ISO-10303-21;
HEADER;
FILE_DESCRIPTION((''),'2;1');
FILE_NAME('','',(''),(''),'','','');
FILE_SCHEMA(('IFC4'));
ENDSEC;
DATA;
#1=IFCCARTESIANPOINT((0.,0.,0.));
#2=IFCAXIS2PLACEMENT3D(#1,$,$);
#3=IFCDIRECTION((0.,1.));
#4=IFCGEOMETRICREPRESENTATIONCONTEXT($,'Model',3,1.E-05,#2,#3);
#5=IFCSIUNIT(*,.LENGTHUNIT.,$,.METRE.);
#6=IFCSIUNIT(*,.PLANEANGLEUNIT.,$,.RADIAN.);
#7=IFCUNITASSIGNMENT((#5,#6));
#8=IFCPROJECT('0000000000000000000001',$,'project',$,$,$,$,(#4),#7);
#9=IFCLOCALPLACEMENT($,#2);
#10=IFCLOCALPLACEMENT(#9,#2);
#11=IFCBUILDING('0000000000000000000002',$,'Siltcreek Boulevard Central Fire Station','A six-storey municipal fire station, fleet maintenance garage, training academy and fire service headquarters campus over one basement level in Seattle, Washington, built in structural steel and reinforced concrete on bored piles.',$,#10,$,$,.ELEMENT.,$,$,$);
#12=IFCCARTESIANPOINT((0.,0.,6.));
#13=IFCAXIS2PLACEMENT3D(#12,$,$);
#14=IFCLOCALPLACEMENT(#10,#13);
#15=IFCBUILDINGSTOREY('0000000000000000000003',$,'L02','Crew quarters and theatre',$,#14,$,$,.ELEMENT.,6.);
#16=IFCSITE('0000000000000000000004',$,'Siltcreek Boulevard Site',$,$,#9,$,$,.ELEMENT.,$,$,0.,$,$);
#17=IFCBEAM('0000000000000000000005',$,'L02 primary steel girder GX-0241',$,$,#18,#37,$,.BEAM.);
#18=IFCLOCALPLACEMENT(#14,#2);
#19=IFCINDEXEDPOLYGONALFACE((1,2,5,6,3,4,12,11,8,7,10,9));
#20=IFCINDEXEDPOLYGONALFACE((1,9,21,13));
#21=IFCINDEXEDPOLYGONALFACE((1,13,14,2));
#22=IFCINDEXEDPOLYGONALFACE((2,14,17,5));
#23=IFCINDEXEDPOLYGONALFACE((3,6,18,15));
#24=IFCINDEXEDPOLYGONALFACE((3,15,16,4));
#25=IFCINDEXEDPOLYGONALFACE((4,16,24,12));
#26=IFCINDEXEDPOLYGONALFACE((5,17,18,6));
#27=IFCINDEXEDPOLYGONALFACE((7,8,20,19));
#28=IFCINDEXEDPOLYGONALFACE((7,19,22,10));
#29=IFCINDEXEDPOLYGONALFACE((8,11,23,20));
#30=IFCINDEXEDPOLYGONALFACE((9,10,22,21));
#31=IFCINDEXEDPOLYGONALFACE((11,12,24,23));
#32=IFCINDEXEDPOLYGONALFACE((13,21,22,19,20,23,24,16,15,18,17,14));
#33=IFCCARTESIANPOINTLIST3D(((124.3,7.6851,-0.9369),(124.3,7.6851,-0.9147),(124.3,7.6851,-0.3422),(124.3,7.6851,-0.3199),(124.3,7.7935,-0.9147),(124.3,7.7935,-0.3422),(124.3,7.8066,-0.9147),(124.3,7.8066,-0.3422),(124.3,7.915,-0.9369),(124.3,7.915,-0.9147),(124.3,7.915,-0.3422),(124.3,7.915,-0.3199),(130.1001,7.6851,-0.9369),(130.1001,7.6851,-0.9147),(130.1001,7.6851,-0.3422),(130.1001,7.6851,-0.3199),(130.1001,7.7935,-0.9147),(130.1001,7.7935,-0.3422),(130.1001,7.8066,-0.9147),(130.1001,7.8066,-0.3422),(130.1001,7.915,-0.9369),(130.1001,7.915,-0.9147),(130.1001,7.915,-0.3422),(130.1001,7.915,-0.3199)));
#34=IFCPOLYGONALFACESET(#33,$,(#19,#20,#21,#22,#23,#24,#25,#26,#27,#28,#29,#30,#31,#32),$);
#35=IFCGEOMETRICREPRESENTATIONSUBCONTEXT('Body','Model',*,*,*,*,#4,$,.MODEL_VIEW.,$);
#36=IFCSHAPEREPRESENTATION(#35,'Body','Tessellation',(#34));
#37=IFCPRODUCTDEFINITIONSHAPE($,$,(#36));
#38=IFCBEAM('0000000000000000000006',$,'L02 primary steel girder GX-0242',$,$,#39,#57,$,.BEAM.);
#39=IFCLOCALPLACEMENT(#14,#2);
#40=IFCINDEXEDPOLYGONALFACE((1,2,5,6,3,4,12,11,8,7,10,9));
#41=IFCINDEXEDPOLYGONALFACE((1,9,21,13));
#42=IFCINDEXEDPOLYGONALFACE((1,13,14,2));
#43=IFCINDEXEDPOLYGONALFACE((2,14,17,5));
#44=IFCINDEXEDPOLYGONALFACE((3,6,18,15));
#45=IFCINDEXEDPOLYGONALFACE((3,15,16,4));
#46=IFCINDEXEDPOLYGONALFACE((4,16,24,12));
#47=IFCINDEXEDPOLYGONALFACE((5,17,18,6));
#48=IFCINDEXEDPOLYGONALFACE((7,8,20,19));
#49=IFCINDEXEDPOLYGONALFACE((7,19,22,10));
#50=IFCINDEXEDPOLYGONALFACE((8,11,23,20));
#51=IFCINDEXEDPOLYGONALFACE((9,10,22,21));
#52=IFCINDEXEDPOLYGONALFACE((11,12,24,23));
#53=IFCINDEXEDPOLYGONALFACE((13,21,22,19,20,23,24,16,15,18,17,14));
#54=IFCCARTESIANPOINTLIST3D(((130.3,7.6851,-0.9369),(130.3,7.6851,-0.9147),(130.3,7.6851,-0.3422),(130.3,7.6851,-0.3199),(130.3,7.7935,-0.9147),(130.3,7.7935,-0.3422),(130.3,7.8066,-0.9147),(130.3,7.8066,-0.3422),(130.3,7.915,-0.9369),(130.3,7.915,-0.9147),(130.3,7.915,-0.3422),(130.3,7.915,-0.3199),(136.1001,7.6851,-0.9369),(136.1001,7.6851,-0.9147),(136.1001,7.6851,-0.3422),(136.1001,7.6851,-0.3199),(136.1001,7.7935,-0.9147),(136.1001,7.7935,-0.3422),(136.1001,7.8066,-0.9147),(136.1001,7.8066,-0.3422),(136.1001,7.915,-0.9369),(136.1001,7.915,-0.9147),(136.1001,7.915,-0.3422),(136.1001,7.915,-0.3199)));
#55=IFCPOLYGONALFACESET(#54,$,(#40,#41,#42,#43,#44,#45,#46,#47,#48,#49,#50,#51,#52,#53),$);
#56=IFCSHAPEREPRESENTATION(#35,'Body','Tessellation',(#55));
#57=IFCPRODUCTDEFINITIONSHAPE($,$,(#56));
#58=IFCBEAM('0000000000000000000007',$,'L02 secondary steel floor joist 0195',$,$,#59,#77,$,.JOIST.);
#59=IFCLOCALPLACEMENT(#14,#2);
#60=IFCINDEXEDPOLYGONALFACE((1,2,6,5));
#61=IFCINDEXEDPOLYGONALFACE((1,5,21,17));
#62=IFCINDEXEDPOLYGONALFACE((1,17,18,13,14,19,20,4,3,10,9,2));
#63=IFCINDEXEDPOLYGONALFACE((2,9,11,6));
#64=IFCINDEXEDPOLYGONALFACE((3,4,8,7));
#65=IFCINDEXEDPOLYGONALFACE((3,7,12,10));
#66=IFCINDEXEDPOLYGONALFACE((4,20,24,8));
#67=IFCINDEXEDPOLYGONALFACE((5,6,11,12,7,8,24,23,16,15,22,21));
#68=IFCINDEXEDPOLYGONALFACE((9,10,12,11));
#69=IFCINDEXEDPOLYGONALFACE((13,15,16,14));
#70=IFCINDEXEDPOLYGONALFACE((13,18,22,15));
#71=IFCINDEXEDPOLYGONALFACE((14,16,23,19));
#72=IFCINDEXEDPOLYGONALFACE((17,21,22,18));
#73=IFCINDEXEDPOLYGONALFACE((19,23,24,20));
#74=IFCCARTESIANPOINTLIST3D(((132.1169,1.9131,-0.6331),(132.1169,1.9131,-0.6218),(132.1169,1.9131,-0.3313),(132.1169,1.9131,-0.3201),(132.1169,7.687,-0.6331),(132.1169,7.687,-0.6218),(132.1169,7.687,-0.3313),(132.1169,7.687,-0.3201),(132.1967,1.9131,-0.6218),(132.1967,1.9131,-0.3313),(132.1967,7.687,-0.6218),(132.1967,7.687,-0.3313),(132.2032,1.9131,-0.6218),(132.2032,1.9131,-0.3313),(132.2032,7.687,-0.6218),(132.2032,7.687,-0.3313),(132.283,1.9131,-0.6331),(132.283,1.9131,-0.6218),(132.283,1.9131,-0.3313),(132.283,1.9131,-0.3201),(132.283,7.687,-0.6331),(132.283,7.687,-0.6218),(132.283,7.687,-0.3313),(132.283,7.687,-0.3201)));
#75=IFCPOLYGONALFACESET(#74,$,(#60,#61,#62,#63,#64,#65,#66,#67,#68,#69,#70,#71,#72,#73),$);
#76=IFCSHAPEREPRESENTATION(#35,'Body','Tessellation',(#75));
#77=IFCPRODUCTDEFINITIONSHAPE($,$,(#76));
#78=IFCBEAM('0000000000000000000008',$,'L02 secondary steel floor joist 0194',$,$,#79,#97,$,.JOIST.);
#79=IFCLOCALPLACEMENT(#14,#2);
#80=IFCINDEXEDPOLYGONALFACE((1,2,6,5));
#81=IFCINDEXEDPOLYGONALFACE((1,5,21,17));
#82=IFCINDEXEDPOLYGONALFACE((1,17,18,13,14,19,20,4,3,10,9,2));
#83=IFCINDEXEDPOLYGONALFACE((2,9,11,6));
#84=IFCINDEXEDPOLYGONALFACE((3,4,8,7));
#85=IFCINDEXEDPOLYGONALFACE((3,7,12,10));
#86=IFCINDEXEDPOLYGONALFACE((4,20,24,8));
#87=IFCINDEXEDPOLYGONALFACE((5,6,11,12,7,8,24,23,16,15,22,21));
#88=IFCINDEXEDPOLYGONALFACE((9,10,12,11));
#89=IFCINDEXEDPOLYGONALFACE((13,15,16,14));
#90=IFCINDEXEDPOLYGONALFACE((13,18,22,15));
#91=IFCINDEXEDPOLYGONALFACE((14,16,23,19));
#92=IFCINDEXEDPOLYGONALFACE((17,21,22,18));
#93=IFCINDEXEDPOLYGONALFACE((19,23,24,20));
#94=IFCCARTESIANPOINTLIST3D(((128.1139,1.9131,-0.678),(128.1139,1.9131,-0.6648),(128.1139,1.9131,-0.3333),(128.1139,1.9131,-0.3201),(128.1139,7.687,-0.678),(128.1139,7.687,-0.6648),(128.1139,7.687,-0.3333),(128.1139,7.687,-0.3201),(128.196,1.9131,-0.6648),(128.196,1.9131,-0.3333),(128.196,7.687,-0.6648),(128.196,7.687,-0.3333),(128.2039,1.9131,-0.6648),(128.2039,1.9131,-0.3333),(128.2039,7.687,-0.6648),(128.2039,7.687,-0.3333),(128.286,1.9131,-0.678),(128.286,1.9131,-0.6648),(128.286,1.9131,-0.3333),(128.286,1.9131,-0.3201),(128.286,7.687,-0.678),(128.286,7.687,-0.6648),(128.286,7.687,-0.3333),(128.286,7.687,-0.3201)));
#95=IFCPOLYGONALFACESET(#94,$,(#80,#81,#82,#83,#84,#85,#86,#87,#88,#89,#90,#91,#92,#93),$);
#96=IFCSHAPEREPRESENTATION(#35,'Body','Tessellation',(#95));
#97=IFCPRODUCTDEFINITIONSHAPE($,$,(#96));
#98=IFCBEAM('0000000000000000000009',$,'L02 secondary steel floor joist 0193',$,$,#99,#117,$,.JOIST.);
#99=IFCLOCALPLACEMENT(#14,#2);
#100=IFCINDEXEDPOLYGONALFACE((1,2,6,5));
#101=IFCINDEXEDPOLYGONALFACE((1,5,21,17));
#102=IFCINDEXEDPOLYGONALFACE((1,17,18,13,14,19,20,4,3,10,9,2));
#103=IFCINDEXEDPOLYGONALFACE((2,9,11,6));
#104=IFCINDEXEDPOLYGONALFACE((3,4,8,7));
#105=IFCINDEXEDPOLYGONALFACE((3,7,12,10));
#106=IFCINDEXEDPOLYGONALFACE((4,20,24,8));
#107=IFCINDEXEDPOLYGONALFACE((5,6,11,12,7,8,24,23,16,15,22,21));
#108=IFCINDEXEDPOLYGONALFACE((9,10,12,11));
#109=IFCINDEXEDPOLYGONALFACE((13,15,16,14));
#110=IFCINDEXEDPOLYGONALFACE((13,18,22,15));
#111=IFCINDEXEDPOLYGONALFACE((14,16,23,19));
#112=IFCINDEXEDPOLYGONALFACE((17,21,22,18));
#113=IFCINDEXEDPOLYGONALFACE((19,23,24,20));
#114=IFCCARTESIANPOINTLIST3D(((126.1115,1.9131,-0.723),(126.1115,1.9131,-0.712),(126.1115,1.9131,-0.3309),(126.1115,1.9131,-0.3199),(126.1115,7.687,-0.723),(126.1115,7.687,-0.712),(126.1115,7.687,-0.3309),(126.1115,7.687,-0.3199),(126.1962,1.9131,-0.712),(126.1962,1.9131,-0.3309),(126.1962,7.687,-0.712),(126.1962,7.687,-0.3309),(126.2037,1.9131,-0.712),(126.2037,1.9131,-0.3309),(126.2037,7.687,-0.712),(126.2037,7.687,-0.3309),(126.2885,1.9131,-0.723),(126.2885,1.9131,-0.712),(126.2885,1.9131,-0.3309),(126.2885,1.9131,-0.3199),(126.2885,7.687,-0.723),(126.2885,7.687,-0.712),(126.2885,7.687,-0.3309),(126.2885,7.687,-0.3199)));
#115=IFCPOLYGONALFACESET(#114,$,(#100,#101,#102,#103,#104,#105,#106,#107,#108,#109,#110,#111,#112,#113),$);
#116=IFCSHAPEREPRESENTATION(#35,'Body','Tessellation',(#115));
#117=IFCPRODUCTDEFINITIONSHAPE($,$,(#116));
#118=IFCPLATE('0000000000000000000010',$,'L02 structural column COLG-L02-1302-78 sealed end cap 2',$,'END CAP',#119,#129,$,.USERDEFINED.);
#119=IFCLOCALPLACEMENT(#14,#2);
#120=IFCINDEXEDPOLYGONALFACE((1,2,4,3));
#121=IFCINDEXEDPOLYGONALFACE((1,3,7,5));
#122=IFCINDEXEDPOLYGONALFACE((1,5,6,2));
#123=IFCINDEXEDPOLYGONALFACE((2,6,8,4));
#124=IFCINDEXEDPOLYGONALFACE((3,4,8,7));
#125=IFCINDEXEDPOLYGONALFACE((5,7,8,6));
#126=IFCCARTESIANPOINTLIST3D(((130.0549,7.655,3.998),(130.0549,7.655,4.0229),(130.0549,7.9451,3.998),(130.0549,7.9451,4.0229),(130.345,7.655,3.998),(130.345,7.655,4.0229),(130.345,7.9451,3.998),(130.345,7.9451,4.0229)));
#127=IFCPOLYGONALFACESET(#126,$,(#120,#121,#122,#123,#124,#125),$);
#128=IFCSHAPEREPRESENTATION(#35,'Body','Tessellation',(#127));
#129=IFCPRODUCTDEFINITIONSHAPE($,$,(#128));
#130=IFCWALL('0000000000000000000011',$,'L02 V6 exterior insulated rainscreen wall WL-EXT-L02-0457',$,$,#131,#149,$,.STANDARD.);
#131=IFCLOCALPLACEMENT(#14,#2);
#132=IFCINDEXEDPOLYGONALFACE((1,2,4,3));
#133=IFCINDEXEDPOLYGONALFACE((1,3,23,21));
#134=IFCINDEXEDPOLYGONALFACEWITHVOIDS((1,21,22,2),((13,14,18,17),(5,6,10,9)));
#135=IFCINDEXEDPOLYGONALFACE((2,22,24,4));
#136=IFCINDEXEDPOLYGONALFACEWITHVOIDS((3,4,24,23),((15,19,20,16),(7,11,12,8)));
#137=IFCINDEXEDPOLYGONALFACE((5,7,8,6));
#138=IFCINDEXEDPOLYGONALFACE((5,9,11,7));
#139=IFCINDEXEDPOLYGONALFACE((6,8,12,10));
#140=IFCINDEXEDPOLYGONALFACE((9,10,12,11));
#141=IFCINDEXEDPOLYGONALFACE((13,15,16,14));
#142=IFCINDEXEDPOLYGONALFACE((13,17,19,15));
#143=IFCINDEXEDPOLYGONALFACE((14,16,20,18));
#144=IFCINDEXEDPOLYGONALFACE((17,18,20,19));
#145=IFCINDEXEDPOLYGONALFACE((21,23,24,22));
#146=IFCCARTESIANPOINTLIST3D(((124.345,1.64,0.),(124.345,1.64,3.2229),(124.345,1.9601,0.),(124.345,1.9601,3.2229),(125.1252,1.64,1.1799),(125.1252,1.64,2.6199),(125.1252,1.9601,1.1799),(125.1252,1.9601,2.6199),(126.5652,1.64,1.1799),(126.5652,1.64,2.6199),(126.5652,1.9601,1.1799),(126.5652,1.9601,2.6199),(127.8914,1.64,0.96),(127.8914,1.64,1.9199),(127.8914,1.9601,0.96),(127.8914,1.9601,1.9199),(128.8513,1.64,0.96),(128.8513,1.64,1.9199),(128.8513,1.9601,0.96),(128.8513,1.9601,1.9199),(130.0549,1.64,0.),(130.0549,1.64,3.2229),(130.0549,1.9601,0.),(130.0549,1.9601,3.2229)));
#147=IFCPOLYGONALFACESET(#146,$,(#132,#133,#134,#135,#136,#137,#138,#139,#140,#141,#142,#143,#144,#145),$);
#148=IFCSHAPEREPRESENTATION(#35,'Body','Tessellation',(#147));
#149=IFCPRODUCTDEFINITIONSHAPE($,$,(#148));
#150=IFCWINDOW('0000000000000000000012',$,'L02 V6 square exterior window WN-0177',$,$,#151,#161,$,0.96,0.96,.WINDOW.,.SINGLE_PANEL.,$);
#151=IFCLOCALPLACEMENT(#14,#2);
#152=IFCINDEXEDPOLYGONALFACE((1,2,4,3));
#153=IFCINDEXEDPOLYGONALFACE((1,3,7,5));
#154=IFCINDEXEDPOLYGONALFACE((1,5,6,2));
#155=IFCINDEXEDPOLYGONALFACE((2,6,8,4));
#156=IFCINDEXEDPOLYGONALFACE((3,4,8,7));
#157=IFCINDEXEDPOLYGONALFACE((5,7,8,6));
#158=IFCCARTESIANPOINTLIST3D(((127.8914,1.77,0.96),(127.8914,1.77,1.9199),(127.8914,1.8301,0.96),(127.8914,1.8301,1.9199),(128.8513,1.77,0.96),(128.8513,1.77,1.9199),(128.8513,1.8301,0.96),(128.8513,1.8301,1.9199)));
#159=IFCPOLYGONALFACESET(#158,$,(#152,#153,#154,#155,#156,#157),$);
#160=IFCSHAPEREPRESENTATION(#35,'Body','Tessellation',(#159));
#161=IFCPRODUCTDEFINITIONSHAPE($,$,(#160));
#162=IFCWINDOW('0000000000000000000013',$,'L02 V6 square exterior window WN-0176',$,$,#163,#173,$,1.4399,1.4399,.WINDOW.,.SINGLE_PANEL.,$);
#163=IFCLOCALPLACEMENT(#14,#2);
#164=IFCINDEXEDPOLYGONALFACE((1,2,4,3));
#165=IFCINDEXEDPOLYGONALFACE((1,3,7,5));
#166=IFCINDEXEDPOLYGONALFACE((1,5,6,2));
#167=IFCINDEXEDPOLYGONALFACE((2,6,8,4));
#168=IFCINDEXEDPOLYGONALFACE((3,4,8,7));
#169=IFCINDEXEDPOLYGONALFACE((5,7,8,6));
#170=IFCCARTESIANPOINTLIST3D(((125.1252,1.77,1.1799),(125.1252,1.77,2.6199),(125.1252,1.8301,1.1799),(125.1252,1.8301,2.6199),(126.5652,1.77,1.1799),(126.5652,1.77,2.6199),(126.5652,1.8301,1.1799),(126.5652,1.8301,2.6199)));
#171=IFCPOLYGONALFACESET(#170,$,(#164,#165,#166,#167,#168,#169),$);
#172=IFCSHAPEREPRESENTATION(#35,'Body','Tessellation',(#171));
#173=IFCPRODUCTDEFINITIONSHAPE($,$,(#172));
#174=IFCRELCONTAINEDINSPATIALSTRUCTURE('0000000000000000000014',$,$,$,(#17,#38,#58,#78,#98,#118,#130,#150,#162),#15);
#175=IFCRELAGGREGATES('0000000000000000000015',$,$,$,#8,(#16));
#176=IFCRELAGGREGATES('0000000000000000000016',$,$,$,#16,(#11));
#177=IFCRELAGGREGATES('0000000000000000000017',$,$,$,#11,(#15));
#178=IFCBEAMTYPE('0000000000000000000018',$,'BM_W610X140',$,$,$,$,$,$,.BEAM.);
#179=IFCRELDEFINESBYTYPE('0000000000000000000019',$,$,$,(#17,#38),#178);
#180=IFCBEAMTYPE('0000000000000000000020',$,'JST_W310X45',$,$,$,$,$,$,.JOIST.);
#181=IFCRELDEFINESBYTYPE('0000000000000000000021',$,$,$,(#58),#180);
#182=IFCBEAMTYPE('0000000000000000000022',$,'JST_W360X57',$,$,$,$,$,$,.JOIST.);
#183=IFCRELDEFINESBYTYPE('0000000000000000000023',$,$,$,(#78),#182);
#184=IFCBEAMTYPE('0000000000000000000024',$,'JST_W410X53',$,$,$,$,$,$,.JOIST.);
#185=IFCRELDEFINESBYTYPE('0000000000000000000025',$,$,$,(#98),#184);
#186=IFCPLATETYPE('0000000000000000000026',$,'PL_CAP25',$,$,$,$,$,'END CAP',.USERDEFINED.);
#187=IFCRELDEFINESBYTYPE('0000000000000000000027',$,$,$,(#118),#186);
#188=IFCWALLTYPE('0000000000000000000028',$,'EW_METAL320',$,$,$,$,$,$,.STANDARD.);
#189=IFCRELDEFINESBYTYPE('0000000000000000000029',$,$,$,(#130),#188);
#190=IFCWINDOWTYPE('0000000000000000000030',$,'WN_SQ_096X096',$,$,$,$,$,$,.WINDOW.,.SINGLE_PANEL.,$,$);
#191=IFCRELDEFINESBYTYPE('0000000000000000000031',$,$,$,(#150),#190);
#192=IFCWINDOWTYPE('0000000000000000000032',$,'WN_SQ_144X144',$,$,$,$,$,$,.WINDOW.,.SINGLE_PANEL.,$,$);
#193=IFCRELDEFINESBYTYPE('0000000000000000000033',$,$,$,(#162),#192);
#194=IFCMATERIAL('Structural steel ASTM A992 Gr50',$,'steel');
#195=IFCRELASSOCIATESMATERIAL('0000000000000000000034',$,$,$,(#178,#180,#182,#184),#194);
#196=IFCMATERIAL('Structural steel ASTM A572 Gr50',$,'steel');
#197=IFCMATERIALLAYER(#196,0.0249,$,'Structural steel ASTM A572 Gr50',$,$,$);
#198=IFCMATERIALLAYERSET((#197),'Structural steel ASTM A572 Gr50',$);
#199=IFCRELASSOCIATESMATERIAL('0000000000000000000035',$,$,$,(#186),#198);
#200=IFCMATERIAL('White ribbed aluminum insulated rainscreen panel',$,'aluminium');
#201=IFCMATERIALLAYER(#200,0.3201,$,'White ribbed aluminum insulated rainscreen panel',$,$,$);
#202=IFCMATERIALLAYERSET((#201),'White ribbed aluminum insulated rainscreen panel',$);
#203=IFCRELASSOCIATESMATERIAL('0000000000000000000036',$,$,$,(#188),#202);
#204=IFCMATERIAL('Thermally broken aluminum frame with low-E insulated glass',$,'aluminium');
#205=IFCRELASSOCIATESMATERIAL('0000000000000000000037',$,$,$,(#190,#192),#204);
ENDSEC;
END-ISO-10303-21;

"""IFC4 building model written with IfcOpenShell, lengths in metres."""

from ifc_helpers import new_model, si_unit, direction, frame, frame_2d, origin, origin_2d, place, context, subcontext, project, spatial, rectangle, i_section, extrude, material, layer, layer_set, material_profile, profile_set, type_object, element, fill, save


model = new_model("IFC4")

# Units and contexts
model_context = context("Model", 3, precision=1e-05, world=origin(), true_north=direction((0.0, 1.0)))
body_context = subcontext(model_context, "Body", "Model", "MODEL_VIEW")
ifc_project = project(units=[si_unit("LENGTHUNIT", "METRE"), si_unit("PLANEANGLEUNIT", "RADIAN")], contexts=[model_context])

# Site, building, storey
site_placement = place(None, origin())
site = spatial("IfcSite", under=ifc_project, at=site_placement, Name="Siltcreek Boulevard Site", CompositionType="ELEMENT", RefElevation=0.0)
building_placement = place(site_placement, origin())
building = spatial("IfcBuilding", under=site, at=building_placement, Name="Siltcreek Boulevard Central Fire Station", Description="A six-storey municipal fire station, fleet maintenance garage, training academy and fire service headquarters campus over one basement level in Seattle, Washington, built in structural steel and reinforced concrete on bored piles.", CompositionType="ELEMENT")
storey_placement = place(building_placement, frame((0.0, 0.0, 6.0)))
storey = spatial("IfcBuildingStorey", under=building, at=storey_placement, Name="L02", Description="Crew quarters and theatre", CompositionType="ELEMENT", Elevation=6.0)

# Shared definitions
ifc_material_1 = material(Name="Structural steel ASTM A992 Gr50", Category="steel")

# Beams
ifc_material_profile_1 = material_profile(ifc_material_1, i_section(OverallWidth=0.23, OverallDepth=0.6169, WebThickness=0.0132, FlangeThickness=0.0222, at=origin_2d()), Name="W610X140")
ifc_profile_set_1 = profile_set([ifc_material_profile_1], Name="Structural steel ASTM A992 Gr50")
beam_type_1 = type_object("IfcBeamType", Name="BM_W610X140", PredefinedType="BEAM", material=ifc_profile_set_1)
for number, where, z_axis, x_axis, name in (
    (1, (124.3, 7.8, -0.6284), (1.0, 0.0, 0.0), (0.0, 1.0, 0.0), "L02 primary steel girder GX-0241"),
    (2, (130.3, 7.8, -0.6284), (1.0, 0.0, 0.0), (0.0, 1.0, 0.0), "L02 primary steel girder GX-0242"),
):
    element("IfcBeam", number, at=place(storey_placement, frame(where, z_axis=z_axis, x_axis=x_axis)), inside=storey, type_object=beam_type_1, Name=name, PredefinedType="BEAM", context=body_context, shape_type="SweptSolid", body=[
        extrude(i_section(OverallWidth=0.23, OverallDepth=0.6169, WebThickness=0.0132, FlangeThickness=0.0222, at=origin_2d()), origin(), (0.0, 0.0, 1.0), 5.8),
    ])
ifc_material_profile_2 = material_profile(ifc_material_1, i_section(OverallWidth=0.166, OverallDepth=0.313, WebThickness=0.0066, FlangeThickness=0.0112, at=origin_2d()), Name="W310X45")
ifc_profile_set_2 = profile_set([ifc_material_profile_2], Name="Structural steel ASTM A992 Gr50")
beam_type_2 = type_object("IfcBeamType", Name="JST_W310X45", PredefinedType="JOIST", material=ifc_profile_set_2)
beam_1_placement = place(storey_placement, frame((132.2, 1.9131, -0.4766), z_axis=(0.0, 1.0, 0.0), x_axis=(-1.0, 0.0, 0.0)))
element("IfcBeam", 3, at=beam_1_placement, inside=storey, type_object=beam_type_2, Name="L02 secondary steel floor joist 0195", PredefinedType="JOIST", context=body_context, shape_type="SweptSolid", body=[
    extrude(i_section(OverallWidth=0.166, OverallDepth=0.313, WebThickness=0.0066, FlangeThickness=0.0112, at=origin_2d()), origin(), (0.0, 0.0, 1.0), 5.7739),
])
ifc_material_profile_3 = material_profile(ifc_material_1, i_section(OverallWidth=0.1721, OverallDepth=0.3579, WebThickness=0.0078, FlangeThickness=0.0132, at=origin_2d()), Name="W360X57")
ifc_profile_set_3 = profile_set([ifc_material_profile_3], Name="Structural steel ASTM A992 Gr50")
beam_type_3 = type_object("IfcBeamType", Name="JST_W360X57", PredefinedType="JOIST", material=ifc_profile_set_3)
beam_2_placement = place(storey_placement, frame((128.2, 1.9131, -0.499), z_axis=(0.0, 1.0, 0.0), x_axis=(-1.0, 0.0, 0.0)))
element("IfcBeam", 4, at=beam_2_placement, inside=storey, type_object=beam_type_3, Name="L02 secondary steel floor joist 0194", PredefinedType="JOIST", context=body_context, shape_type="SweptSolid", body=[
    extrude(i_section(OverallWidth=0.1721, OverallDepth=0.3579, WebThickness=0.0078, FlangeThickness=0.0132, at=origin_2d()), origin(), (0.0, 0.0, 1.0), 5.7739),
])
ifc_material_profile_4 = material_profile(ifc_material_1, i_section(OverallWidth=0.177, OverallDepth=0.4031, WebThickness=0.0076, FlangeThickness=0.011, at=origin_2d()), Name="W410X53")
ifc_profile_set_4 = profile_set([ifc_material_profile_4], Name="Structural steel ASTM A992 Gr50")
beam_type_4 = type_object("IfcBeamType", Name="JST_W410X53", PredefinedType="JOIST", material=ifc_profile_set_4)
beam_3_placement = place(storey_placement, frame((126.2, 1.9131, -0.5215), z_axis=(0.0, 1.0, 0.0), x_axis=(-1.0, 0.0, 0.0)))
element("IfcBeam", 5, at=beam_3_placement, inside=storey, type_object=beam_type_4, Name="L02 secondary steel floor joist 0193", PredefinedType="JOIST", context=body_context, shape_type="SweptSolid", body=[
    extrude(i_section(OverallWidth=0.177, OverallDepth=0.4031, WebThickness=0.0076, FlangeThickness=0.011, at=origin_2d()), origin(), (0.0, 0.0, 1.0), 5.7739),
])

# Plate
ifc_material_2 = material(Name="Structural steel ASTM A572 Gr50", Category="steel")
ifc_layer_1 = layer(ifc_material_2, 0.0249, Name="Structural steel ASTM A572 Gr50")
ifc_layer_set_1 = layer_set([ifc_layer_1], Name="Structural steel ASTM A572 Gr50")
plate_type = type_object("IfcPlateType", Name="PL_CAP25", ElementType="END CAP", PredefinedType="USERDEFINED", material=ifc_layer_set_1)
plate_placement = place(storey_placement, frame((130.2, 7.8, 3.998), z_axis=(0.0, 0.0, 1.0), x_axis=(1.0, 0.0, 0.0)))
element("IfcPlate", 6, at=plate_placement, inside=storey, type_object=plate_type, Name="L02 structural column COLG-L02-1302-78 sealed end cap 2", ObjectType="END CAP", PredefinedType="USERDEFINED", context=body_context, shape_type="SweptSolid", body=[
    extrude(rectangle(XDim=0.29, YDim=0.29, at=origin_2d()), origin(), (0.0, 0.0, 1.0), 0.0249),
])

# Wall, openings, windows
ifc_material_3 = material(Name="White ribbed aluminum insulated rainscreen panel", Category="aluminium")
ifc_layer_2 = layer(ifc_material_3, 0.3201, Name="White ribbed aluminum insulated rainscreen panel")
ifc_layer_set_2 = layer_set([ifc_layer_2], Name="White ribbed aluminum insulated rainscreen panel")
wall_type = type_object("IfcWallType", Name="EW_METAL320", PredefinedType="STANDARD", material=ifc_layer_set_2)
wall_1_placement = place(storey_placement, frame((124.345, 1.8, 0.0), z_axis=(0.0, 0.0, 1.0), x_axis=(1.0, 0.0, 0.0)))
wall_1 = element("IfcWall", 7, at=wall_1_placement, inside=storey, type_object=wall_type, Name="L02 V6 exterior insulated rainscreen wall WL-EXT-L02-0457", PredefinedType="STANDARD", context=body_context, shape_type="SweptSolid", body=[
    extrude(rectangle(XDim=5.71, YDim=0.3201, at=frame_2d((2.855, 0.0))), origin(), (0.0, 0.0, 1.0), 3.2229),
])
opening_1_placement = place(wall_1_placement, frame((0.7803, 0.0, 1.1799)))
opening_1 = element("IfcOpeningElement", 8, at=opening_1_placement, cuts=wall_1, PredefinedType="OPENING", context=body_context, shape_type="SweptSolid", body=[
    extrude(rectangle(XDim=1.4399, YDim=1.4399, at=frame_2d((0.72, 0.72))), frame((0.0, 0.1699, 0.0), z_axis=(0.0, -1.0, 0.0), x_axis=(1.0, 0.0, 0.0)), (0.0, 0.0, 1.0), 0.3401),
])
opening_2_placement = place(wall_1_placement, frame((3.5464, 0.0, 0.96)))
opening_2 = element("IfcOpeningElement", 9, at=opening_2_placement, cuts=wall_1, PredefinedType="OPENING", context=body_context, shape_type="SweptSolid", body=[
    extrude(rectangle(XDim=0.96, YDim=0.96, at=frame_2d((0.48, 0.48))), frame((0.0, 0.1699, 0.0), z_axis=(0.0, -1.0, 0.0), x_axis=(1.0, 0.0, 0.0)), (0.0, 0.0, 1.0), 0.3401),
])
ifc_material_4 = material(Name="Thermally broken aluminum frame with low-E insulated glass", Category="aluminium")
window_type_1 = type_object("IfcWindowType", Name="WN_SQ_096X096", PartitioningType="SINGLE_PANEL", PredefinedType="WINDOW", material=ifc_material_4)
window_1_placement = place(opening_2_placement, origin())
window_1 = element("IfcWindow", 10, at=window_1_placement, inside=storey, type_object=window_type_1, Name="L02 V6 square exterior window WN-0177", OverallHeight=0.96, OverallWidth=0.96, PartitioningType="SINGLE_PANEL", PredefinedType="WINDOW", context=body_context, shape_type="SweptSolid", body=[
    extrude(rectangle(XDim=0.96, YDim=0.96, at=frame_2d((0.48, 0.48))), frame((0.0, 0.03, 0.0), z_axis=(0.0, -1.0, 0.0), x_axis=(1.0, 0.0, 0.0)), (0.0, 0.0, 1.0), 0.0601),
])
fill(opening_2, window_1)
window_type_2 = type_object("IfcWindowType", Name="WN_SQ_144X144", PartitioningType="SINGLE_PANEL", PredefinedType="WINDOW", material=ifc_material_4)
window_2_placement = place(opening_1_placement, origin())
window_2 = element("IfcWindow", 11, at=window_2_placement, inside=storey, type_object=window_type_2, Name="L02 V6 square exterior window WN-0176", OverallHeight=1.4399, OverallWidth=1.4399, PartitioningType="SINGLE_PANEL", PredefinedType="WINDOW", context=body_context, shape_type="SweptSolid", body=[
    extrude(rectangle(XDim=1.4399, YDim=1.4399, at=frame_2d((0.72, 0.72))), frame((0.0, 0.03, 0.0), z_axis=(0.0, -1.0, 0.0), x_axis=(1.0, 0.0, 0.0)), (0.0, 0.0, 1.0), 0.0601),
])
fill(opening_1, window_2)

save(model, "model.ifc")
